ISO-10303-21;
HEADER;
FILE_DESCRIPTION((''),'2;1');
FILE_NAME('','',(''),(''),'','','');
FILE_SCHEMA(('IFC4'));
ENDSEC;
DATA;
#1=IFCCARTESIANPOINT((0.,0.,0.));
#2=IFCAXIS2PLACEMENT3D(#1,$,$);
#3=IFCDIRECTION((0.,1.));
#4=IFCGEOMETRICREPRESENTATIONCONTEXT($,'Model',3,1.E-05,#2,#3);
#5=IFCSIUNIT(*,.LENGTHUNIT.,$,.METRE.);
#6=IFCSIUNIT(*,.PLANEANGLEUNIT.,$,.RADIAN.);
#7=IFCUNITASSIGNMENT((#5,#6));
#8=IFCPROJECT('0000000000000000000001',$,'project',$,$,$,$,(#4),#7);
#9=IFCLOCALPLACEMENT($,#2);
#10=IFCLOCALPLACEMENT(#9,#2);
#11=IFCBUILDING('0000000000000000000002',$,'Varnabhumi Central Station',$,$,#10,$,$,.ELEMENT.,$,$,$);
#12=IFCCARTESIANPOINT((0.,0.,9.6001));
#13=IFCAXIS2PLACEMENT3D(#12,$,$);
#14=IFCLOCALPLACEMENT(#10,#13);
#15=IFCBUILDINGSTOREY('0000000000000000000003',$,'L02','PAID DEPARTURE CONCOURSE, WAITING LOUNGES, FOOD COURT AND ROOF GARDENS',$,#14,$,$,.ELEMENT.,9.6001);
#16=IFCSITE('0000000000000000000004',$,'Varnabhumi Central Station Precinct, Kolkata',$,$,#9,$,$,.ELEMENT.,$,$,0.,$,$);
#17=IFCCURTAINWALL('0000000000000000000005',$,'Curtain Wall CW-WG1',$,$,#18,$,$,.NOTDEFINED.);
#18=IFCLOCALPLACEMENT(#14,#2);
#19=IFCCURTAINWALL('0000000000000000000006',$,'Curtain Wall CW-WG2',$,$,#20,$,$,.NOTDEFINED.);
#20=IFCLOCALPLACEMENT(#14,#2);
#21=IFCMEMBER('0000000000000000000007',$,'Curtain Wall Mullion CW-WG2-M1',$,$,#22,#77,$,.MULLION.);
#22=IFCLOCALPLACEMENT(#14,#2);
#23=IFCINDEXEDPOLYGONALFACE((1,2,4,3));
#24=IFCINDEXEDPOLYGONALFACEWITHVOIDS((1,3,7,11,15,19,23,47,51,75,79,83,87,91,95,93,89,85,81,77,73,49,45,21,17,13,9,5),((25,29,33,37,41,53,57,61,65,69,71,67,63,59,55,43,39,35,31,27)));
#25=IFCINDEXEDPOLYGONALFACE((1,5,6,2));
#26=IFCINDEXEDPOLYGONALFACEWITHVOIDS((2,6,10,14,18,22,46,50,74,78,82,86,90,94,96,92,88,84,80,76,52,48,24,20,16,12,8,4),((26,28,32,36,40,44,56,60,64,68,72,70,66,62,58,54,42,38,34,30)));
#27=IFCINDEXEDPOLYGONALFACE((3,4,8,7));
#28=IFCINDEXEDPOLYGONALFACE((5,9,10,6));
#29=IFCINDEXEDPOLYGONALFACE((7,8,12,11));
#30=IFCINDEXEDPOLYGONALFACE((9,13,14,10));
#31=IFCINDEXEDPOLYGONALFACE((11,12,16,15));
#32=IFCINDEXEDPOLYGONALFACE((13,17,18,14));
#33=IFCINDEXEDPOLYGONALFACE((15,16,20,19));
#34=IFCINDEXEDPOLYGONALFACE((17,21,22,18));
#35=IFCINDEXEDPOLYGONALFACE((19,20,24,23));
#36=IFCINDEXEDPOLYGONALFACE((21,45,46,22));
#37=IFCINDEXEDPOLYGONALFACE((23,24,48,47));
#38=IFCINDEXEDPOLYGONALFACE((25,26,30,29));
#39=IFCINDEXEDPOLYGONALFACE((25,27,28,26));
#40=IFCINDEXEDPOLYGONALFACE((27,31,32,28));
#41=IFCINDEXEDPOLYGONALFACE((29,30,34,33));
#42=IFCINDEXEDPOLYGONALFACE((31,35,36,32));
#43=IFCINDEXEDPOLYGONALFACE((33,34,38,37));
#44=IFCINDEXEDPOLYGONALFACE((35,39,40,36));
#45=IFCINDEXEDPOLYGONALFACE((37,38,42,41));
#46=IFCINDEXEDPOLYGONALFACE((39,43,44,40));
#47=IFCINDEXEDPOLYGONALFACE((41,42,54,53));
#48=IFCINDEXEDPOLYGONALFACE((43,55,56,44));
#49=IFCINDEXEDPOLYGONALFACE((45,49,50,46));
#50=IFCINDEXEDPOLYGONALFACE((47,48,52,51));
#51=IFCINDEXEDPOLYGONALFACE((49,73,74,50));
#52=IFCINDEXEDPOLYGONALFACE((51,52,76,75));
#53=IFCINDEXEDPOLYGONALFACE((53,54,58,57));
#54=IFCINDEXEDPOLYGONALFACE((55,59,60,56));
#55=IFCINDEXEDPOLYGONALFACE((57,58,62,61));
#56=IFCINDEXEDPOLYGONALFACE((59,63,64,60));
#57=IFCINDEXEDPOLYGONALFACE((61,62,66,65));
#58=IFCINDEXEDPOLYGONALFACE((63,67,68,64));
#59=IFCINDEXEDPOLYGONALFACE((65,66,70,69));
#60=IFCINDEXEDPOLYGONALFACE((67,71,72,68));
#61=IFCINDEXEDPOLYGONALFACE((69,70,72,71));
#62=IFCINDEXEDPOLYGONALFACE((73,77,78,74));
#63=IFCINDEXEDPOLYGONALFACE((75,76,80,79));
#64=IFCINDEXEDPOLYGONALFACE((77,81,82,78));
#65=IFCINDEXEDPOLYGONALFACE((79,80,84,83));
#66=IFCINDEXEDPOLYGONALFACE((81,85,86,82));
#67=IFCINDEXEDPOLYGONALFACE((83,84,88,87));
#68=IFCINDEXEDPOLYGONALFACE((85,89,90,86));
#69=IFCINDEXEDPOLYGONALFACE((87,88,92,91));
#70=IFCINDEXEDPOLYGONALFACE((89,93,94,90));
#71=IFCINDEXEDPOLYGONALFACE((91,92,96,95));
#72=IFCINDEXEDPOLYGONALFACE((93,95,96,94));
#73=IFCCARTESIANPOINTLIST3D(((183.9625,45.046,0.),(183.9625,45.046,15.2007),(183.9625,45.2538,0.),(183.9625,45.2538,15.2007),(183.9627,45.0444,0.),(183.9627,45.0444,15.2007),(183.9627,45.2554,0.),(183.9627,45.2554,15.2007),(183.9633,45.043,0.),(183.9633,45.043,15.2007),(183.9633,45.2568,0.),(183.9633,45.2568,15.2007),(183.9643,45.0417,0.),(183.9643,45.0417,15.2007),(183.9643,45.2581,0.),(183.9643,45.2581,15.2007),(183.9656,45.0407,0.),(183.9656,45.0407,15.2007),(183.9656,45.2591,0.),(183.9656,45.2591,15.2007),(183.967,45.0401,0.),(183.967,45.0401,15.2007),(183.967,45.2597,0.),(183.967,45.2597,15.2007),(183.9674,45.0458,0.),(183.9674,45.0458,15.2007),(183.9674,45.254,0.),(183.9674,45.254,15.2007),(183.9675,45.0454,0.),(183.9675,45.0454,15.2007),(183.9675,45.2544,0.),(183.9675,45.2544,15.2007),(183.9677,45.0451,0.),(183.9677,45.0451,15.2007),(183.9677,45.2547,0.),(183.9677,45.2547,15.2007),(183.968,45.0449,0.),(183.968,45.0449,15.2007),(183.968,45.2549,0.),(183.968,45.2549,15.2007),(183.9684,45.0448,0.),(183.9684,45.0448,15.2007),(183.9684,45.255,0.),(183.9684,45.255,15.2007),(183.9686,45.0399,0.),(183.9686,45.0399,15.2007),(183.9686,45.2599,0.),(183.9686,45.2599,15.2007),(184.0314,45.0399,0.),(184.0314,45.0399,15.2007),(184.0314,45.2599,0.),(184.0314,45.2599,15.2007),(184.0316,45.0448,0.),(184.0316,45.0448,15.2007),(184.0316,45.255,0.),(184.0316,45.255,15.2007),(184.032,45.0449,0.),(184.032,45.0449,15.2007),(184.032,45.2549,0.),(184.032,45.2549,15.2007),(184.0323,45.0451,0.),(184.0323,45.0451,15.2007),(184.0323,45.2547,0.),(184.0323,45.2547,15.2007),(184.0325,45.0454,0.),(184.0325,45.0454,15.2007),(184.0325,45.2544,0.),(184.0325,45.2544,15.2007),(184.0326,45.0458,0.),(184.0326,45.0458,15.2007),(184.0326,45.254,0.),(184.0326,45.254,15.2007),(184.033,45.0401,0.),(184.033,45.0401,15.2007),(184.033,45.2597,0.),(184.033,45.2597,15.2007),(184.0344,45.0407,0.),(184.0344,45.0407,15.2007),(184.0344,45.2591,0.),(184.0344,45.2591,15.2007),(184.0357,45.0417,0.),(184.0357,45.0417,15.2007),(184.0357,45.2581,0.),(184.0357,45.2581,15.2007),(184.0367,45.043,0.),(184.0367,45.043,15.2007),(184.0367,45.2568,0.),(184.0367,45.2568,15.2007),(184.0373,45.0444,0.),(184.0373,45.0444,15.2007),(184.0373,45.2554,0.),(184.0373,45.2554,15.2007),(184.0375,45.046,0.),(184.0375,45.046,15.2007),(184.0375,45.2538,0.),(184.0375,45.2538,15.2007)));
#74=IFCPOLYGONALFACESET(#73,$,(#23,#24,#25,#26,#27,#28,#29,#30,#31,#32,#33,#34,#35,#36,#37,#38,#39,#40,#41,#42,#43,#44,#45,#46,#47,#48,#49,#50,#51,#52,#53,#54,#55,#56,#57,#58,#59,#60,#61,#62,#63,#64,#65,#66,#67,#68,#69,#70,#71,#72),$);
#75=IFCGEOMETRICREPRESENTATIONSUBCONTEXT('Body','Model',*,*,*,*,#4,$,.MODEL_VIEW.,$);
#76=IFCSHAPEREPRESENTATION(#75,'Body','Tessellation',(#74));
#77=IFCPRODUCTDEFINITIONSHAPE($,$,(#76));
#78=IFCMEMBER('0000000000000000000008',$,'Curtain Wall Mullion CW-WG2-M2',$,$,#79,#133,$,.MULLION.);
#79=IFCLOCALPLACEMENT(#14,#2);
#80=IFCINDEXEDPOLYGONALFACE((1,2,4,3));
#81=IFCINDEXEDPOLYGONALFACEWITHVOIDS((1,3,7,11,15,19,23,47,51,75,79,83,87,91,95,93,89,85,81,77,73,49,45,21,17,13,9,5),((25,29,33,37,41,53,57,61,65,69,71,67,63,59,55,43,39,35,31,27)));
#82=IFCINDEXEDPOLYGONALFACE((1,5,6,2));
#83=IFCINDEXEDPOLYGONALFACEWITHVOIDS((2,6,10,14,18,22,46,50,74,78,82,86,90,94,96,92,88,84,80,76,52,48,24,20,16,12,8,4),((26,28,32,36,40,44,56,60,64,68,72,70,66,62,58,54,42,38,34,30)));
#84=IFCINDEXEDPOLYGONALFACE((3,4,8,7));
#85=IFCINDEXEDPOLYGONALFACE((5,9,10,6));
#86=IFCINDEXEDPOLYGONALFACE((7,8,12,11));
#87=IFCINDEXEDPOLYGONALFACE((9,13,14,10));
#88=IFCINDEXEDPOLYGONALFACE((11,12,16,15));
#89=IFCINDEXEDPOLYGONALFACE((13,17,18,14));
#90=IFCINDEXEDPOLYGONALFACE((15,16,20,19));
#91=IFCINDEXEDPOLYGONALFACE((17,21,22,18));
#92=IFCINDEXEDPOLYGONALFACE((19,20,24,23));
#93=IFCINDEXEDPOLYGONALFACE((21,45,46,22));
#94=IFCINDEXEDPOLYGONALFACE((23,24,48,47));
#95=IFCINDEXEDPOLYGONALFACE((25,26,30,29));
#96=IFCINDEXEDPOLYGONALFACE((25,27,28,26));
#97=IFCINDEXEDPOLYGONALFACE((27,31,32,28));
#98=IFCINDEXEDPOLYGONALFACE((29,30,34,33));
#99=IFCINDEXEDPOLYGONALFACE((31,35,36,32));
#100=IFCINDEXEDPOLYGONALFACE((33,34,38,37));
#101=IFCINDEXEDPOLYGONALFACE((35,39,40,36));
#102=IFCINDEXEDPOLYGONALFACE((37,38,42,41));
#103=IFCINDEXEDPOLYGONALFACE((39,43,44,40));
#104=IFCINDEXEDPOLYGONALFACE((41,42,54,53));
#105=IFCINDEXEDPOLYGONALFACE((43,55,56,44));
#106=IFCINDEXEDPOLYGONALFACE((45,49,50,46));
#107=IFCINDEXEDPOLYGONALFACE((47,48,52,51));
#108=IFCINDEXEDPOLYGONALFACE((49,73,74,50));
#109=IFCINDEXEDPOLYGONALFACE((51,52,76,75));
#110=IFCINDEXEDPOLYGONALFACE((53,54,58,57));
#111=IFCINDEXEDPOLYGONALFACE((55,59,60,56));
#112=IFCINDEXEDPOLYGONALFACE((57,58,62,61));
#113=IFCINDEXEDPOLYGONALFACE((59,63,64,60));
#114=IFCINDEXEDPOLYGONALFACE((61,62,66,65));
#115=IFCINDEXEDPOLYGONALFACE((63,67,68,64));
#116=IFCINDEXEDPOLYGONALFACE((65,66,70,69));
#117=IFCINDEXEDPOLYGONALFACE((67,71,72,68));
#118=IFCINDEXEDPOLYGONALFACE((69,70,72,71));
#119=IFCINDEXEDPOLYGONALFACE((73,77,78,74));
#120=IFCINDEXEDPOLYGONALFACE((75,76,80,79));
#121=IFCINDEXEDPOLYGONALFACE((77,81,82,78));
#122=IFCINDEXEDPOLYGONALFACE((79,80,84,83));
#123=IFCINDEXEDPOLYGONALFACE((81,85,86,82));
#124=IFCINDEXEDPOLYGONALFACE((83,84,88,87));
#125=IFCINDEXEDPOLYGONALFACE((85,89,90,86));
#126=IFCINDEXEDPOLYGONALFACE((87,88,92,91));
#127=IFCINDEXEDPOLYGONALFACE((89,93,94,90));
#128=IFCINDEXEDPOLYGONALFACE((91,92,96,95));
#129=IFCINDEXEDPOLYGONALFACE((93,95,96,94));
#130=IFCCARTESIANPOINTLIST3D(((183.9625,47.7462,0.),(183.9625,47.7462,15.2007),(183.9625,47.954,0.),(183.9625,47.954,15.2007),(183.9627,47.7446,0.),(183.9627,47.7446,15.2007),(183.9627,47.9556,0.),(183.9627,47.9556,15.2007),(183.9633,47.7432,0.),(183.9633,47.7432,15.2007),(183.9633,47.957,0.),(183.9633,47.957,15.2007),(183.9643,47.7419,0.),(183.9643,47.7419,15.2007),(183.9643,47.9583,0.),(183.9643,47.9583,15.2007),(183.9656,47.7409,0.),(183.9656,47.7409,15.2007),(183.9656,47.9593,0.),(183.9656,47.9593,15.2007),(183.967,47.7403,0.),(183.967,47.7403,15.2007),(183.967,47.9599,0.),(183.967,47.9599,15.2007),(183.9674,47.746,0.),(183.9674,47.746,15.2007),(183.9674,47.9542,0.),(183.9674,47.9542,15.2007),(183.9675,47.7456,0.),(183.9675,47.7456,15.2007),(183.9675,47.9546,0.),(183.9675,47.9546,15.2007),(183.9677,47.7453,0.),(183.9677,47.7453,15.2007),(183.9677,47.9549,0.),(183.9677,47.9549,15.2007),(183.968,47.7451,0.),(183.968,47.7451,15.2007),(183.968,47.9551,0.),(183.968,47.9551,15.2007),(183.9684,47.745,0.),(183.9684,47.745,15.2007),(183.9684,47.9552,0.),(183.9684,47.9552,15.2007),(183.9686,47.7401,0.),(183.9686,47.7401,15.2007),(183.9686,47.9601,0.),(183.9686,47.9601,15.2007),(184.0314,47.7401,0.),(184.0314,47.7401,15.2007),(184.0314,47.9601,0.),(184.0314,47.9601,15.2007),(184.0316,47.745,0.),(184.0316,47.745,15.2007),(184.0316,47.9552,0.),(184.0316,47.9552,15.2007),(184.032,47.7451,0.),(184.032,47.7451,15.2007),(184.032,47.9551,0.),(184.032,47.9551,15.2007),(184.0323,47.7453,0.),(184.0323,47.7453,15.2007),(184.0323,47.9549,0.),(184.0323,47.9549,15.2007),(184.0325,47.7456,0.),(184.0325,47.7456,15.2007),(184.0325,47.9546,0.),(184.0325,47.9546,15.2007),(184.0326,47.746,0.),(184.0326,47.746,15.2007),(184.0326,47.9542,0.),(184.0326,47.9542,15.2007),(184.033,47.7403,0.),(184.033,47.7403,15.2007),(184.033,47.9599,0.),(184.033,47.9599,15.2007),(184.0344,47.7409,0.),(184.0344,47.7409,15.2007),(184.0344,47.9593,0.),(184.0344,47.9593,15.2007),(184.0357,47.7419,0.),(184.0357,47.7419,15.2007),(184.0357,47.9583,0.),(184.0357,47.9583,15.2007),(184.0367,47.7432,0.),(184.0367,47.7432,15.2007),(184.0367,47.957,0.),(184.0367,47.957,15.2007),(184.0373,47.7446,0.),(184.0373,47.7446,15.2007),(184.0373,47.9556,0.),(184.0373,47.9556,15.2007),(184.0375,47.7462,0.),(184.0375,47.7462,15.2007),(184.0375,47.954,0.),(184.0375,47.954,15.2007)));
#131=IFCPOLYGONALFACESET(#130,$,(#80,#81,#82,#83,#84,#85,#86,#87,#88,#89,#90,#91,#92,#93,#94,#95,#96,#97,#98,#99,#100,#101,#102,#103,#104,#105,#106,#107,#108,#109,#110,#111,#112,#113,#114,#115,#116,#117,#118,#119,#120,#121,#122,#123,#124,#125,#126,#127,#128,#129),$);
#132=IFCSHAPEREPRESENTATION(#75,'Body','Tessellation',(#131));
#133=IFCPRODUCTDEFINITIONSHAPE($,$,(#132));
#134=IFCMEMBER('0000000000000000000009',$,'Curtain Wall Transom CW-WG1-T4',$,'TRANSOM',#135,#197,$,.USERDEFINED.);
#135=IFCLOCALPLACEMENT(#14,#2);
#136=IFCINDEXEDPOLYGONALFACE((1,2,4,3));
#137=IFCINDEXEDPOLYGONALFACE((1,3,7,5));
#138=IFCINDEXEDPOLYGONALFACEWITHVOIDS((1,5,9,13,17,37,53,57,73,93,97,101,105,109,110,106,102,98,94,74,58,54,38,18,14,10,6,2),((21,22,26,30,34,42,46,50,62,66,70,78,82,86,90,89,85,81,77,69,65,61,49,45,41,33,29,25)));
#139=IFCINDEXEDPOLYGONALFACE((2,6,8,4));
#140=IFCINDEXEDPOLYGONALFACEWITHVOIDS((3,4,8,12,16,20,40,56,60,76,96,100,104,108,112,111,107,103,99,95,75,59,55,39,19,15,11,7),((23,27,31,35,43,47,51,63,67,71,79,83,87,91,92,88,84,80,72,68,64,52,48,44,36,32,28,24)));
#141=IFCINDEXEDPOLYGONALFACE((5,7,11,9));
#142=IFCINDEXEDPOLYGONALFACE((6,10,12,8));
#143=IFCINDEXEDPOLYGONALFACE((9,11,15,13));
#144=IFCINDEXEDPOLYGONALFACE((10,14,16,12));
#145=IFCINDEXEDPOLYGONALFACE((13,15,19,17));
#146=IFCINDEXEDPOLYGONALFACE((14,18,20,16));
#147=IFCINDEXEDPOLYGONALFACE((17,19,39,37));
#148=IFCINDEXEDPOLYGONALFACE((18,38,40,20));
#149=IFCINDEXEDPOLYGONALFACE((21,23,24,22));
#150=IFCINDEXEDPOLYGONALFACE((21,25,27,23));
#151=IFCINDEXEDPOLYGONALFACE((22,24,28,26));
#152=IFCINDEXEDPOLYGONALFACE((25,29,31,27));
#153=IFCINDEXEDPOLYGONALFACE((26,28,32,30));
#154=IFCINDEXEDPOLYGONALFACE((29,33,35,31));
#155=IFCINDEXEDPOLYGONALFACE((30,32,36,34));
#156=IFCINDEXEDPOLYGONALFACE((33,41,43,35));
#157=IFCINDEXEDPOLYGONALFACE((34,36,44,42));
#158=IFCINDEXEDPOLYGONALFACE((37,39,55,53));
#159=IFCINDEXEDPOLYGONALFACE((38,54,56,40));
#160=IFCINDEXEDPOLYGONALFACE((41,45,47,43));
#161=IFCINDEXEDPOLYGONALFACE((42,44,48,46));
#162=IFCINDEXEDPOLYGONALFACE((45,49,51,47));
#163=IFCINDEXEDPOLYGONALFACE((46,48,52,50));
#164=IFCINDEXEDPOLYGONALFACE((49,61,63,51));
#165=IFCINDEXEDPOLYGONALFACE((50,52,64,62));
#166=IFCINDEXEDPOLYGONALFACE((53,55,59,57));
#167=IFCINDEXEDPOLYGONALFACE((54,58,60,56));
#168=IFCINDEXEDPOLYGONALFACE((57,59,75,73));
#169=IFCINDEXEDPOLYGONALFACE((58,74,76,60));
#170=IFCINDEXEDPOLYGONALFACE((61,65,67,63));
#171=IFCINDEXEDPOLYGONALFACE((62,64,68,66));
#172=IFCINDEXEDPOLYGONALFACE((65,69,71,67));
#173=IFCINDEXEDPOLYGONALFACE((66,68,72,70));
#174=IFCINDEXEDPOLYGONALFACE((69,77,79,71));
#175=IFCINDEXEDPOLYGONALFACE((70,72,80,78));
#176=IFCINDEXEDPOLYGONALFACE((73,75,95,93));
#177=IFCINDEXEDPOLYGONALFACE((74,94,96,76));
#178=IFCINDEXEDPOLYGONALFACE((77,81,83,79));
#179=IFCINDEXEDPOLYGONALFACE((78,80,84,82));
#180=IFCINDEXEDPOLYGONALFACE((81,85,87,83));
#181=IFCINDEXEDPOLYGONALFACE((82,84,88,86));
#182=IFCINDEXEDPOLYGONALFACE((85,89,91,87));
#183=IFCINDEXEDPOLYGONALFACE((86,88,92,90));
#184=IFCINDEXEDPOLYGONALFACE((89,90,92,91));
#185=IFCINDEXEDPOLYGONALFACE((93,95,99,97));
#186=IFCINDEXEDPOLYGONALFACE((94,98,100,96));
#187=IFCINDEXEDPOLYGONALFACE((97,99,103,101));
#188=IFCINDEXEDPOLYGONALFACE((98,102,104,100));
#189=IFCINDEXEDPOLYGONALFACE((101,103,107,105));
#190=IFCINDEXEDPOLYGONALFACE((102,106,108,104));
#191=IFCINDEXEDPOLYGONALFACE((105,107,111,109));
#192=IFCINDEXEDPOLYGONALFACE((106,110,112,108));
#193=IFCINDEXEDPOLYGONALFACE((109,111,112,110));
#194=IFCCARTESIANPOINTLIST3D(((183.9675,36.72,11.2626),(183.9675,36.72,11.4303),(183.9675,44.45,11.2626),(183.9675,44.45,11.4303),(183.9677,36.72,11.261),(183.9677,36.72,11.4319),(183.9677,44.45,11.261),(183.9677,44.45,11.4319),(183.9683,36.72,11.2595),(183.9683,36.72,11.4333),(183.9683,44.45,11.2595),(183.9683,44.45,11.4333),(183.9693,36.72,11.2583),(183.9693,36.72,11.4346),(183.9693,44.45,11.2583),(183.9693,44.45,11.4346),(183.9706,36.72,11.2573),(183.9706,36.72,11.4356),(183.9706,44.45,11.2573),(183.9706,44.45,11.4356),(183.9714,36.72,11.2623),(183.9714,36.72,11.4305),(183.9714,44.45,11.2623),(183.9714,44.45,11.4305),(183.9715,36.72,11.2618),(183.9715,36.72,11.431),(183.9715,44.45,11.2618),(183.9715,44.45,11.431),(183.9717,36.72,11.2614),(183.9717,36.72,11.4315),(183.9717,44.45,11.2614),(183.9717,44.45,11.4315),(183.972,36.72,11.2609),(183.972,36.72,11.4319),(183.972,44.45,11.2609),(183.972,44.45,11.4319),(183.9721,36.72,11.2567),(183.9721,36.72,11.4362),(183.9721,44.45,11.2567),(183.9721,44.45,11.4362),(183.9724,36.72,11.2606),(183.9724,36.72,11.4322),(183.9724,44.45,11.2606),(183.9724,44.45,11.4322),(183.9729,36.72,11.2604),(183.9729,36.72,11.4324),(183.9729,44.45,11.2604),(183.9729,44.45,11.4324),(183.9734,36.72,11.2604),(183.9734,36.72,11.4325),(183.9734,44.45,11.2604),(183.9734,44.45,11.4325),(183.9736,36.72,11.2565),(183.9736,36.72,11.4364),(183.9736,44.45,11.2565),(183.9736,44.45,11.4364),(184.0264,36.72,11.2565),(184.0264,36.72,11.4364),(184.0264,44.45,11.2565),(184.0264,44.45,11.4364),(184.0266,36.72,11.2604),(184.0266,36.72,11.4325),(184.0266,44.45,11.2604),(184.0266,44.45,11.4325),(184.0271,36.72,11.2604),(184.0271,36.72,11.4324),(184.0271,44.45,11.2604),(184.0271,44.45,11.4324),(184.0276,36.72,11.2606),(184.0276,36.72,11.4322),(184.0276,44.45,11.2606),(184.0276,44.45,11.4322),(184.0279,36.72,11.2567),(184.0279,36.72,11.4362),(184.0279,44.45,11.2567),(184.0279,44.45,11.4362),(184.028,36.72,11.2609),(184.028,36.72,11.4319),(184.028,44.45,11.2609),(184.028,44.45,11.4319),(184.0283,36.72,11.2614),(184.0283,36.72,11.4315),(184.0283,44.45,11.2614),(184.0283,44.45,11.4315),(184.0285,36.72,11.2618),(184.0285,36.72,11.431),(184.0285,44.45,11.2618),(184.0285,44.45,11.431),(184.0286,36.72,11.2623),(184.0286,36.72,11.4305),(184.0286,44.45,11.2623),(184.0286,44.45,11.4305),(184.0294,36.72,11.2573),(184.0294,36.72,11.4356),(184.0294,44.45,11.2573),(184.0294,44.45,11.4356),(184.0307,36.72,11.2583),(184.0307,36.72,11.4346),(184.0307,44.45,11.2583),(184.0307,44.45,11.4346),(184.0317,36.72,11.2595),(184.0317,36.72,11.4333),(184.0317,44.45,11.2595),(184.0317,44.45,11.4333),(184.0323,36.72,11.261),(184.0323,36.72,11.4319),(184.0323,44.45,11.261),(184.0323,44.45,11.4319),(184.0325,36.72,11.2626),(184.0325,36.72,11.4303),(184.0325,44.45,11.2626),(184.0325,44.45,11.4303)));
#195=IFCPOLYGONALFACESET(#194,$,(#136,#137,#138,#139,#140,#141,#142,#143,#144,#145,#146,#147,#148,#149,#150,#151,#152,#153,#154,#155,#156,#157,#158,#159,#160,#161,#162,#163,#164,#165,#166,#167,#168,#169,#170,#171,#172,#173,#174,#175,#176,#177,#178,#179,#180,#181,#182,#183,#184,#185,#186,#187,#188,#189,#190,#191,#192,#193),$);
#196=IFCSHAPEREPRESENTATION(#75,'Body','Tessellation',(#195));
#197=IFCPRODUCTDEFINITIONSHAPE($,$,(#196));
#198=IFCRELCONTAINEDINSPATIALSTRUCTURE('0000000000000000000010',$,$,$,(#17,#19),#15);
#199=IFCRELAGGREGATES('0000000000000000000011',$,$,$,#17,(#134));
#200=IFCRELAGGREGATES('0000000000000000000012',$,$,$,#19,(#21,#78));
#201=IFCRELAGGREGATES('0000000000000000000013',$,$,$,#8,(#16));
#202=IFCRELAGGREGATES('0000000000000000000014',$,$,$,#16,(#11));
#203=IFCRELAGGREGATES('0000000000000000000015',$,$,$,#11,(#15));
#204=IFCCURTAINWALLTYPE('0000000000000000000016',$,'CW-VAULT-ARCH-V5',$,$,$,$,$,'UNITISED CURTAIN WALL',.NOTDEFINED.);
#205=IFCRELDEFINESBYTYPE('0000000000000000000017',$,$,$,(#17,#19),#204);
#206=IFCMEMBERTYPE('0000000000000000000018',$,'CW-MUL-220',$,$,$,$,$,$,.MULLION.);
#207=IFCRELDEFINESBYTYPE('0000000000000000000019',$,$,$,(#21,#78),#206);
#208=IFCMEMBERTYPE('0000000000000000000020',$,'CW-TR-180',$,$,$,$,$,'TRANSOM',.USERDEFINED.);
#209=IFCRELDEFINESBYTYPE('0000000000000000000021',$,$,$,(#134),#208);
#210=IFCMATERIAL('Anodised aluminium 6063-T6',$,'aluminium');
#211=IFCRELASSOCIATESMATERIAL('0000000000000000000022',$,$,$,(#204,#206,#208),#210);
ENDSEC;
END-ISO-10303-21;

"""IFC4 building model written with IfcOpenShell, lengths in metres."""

from ifc_helpers import new_model, si_unit, direction, frame, origin, origin_2d, place, context, subcontext, project, spatial, hollow_rectangle, extrude, material, material_profile, profile_set, type_object, element, aggregate, save


model = new_model("IFC4")

# Units and contexts
model_context = context("Model", 3, precision=1e-05, world=origin(), true_north=direction((0.0, 1.0)))
body_context = subcontext(model_context, "Body", "Model", "MODEL_VIEW")
ifc_project = project(units=[si_unit("LENGTHUNIT", "METRE"), si_unit("PLANEANGLEUNIT", "RADIAN")], contexts=[model_context])

# Site, building, storey
site_placement = place(None, origin())
site = spatial("IfcSite", under=ifc_project, at=site_placement, Name="Varnabhumi Central Station Precinct, Kolkata", CompositionType="ELEMENT", RefElevation=0.0)
building_placement = place(site_placement, origin())
building = spatial("IfcBuilding", under=site, at=building_placement, Name="Varnabhumi Central Station", CompositionType="ELEMENT")
storey_placement = place(building_placement, frame((0.0, 0.0, 9.6001)))
storey = spatial("IfcBuildingStorey", under=building, at=storey_placement, Name="L02", Description="PAID DEPARTURE CONCOURSE, WAITING LOUNGES, FOOD COURT AND ROOF GARDENS", CompositionType="ELEMENT", Elevation=9.6001)

# Curtain walls, members
ifc_material_1 = material(Name="Anodised aluminium 6063-T6", Category="aluminium")
curtain_wall_type = type_object("IfcCurtainWallType", Name="CW-VAULT-ARCH-V5", ElementType="UNITISED CURTAIN WALL", PredefinedType="NOTDEFINED", material=ifc_material_1)
curtain_wall_1_placement = place(storey_placement, origin())
curtain_wall_1 = element("IfcCurtainWall", 1, at=curtain_wall_1_placement, inside=storey, type_object=curtain_wall_type, Name="Curtain Wall CW-WG1", PredefinedType="NOTDEFINED")
ifc_material_profile_1 = material_profile(ifc_material_1, hollow_rectangle(XDim=0.075, YDim=0.22, WallThickness=0.0049, InnerFilletRadius=0.001, OuterFilletRadius=0.0061, at=origin_2d()), Name="Anodised aluminium 6063-T6", Category="aluminium")
ifc_profile_set_1 = profile_set([ifc_material_profile_1], Name="Anodised aluminium 6063-T6")
member_type_1 = type_object("IfcMemberType", Name="CW-MUL-220", PredefinedType="MULLION", material=ifc_profile_set_1)
curtain_wall_2_placement = place(storey_placement, origin())
curtain_wall_2 = element("IfcCurtainWall", 2, at=curtain_wall_2_placement, inside=storey, type_object=curtain_wall_type, Name="Curtain Wall CW-WG2", PredefinedType="NOTDEFINED")
member_1_placement = place(storey_placement, frame((184.0, 45.1499, 0.0), z_axis=(0.0, 0.0, 1.0), x_axis=(1.0, 0.0, 0.0)))
member_1 = element("IfcMember", 3, at=member_1_placement, type_object=member_type_1, Name="Curtain Wall Mullion CW-WG2-M1", PredefinedType="MULLION", context=body_context, shape_type="SweptSolid", body=[
    extrude(hollow_rectangle(XDim=0.075, YDim=0.22, WallThickness=0.0049, InnerFilletRadius=0.001, OuterFilletRadius=0.0061, at=origin_2d()), origin(), (0.0, 0.0, 1.0), 15.2007),
])
member_2_placement = place(storey_placement, frame((184.0, 47.8501, 0.0), z_axis=(0.0, 0.0, 1.0), x_axis=(1.0, 0.0, 0.0)))
member_2 = element("IfcMember", 4, at=member_2_placement, type_object=member_type_1, Name="Curtain Wall Mullion CW-WG2-M2", PredefinedType="MULLION", context=body_context, shape_type="SweptSolid", body=[
    extrude(hollow_rectangle(XDim=0.075, YDim=0.22, WallThickness=0.0049, InnerFilletRadius=0.001, OuterFilletRadius=0.0061, at=origin_2d()), origin(), (0.0, 0.0, 1.0), 15.2007),
])

# Member
ifc_material_profile_2 = material_profile(ifc_material_1, hollow_rectangle(XDim=0.0649, YDim=0.1799, WallThickness=0.0039, InnerFilletRadius=0.002, OuterFilletRadius=0.0061, at=origin_2d()), Name="Anodised aluminium 6063-T6", Category="aluminium")
ifc_profile_set_2 = profile_set([ifc_material_profile_2], Name="Anodised aluminium 6063-T6")
member_type_2 = type_object("IfcMemberType", Name="CW-TR-180", ElementType="TRANSOM", PredefinedType="USERDEFINED", material=ifc_profile_set_2)
member_3_placement = place(storey_placement, frame((184.0, 36.72, 11.3464), z_axis=(0.0, 1.0, 0.0), x_axis=(-1.0, 0.0, 0.0)))
member_3 = element("IfcMember", 5, at=member_3_placement, type_object=member_type_2, Name="Curtain Wall Transom CW-WG1-T4", ObjectType="TRANSOM", PredefinedType="USERDEFINED", context=body_context, shape_type="SweptSolid", body=[
    extrude(hollow_rectangle(XDim=0.0649, YDim=0.1799, WallThickness=0.0039, InnerFilletRadius=0.002, OuterFilletRadius=0.0061, at=origin_2d()), origin(), (0.0, 0.0, 1.0), 7.73),
])

aggregate(curtain_wall_1, [member_3])
aggregate(curtain_wall_2, [member_1, member_2])

save(model, "model.ifc")
